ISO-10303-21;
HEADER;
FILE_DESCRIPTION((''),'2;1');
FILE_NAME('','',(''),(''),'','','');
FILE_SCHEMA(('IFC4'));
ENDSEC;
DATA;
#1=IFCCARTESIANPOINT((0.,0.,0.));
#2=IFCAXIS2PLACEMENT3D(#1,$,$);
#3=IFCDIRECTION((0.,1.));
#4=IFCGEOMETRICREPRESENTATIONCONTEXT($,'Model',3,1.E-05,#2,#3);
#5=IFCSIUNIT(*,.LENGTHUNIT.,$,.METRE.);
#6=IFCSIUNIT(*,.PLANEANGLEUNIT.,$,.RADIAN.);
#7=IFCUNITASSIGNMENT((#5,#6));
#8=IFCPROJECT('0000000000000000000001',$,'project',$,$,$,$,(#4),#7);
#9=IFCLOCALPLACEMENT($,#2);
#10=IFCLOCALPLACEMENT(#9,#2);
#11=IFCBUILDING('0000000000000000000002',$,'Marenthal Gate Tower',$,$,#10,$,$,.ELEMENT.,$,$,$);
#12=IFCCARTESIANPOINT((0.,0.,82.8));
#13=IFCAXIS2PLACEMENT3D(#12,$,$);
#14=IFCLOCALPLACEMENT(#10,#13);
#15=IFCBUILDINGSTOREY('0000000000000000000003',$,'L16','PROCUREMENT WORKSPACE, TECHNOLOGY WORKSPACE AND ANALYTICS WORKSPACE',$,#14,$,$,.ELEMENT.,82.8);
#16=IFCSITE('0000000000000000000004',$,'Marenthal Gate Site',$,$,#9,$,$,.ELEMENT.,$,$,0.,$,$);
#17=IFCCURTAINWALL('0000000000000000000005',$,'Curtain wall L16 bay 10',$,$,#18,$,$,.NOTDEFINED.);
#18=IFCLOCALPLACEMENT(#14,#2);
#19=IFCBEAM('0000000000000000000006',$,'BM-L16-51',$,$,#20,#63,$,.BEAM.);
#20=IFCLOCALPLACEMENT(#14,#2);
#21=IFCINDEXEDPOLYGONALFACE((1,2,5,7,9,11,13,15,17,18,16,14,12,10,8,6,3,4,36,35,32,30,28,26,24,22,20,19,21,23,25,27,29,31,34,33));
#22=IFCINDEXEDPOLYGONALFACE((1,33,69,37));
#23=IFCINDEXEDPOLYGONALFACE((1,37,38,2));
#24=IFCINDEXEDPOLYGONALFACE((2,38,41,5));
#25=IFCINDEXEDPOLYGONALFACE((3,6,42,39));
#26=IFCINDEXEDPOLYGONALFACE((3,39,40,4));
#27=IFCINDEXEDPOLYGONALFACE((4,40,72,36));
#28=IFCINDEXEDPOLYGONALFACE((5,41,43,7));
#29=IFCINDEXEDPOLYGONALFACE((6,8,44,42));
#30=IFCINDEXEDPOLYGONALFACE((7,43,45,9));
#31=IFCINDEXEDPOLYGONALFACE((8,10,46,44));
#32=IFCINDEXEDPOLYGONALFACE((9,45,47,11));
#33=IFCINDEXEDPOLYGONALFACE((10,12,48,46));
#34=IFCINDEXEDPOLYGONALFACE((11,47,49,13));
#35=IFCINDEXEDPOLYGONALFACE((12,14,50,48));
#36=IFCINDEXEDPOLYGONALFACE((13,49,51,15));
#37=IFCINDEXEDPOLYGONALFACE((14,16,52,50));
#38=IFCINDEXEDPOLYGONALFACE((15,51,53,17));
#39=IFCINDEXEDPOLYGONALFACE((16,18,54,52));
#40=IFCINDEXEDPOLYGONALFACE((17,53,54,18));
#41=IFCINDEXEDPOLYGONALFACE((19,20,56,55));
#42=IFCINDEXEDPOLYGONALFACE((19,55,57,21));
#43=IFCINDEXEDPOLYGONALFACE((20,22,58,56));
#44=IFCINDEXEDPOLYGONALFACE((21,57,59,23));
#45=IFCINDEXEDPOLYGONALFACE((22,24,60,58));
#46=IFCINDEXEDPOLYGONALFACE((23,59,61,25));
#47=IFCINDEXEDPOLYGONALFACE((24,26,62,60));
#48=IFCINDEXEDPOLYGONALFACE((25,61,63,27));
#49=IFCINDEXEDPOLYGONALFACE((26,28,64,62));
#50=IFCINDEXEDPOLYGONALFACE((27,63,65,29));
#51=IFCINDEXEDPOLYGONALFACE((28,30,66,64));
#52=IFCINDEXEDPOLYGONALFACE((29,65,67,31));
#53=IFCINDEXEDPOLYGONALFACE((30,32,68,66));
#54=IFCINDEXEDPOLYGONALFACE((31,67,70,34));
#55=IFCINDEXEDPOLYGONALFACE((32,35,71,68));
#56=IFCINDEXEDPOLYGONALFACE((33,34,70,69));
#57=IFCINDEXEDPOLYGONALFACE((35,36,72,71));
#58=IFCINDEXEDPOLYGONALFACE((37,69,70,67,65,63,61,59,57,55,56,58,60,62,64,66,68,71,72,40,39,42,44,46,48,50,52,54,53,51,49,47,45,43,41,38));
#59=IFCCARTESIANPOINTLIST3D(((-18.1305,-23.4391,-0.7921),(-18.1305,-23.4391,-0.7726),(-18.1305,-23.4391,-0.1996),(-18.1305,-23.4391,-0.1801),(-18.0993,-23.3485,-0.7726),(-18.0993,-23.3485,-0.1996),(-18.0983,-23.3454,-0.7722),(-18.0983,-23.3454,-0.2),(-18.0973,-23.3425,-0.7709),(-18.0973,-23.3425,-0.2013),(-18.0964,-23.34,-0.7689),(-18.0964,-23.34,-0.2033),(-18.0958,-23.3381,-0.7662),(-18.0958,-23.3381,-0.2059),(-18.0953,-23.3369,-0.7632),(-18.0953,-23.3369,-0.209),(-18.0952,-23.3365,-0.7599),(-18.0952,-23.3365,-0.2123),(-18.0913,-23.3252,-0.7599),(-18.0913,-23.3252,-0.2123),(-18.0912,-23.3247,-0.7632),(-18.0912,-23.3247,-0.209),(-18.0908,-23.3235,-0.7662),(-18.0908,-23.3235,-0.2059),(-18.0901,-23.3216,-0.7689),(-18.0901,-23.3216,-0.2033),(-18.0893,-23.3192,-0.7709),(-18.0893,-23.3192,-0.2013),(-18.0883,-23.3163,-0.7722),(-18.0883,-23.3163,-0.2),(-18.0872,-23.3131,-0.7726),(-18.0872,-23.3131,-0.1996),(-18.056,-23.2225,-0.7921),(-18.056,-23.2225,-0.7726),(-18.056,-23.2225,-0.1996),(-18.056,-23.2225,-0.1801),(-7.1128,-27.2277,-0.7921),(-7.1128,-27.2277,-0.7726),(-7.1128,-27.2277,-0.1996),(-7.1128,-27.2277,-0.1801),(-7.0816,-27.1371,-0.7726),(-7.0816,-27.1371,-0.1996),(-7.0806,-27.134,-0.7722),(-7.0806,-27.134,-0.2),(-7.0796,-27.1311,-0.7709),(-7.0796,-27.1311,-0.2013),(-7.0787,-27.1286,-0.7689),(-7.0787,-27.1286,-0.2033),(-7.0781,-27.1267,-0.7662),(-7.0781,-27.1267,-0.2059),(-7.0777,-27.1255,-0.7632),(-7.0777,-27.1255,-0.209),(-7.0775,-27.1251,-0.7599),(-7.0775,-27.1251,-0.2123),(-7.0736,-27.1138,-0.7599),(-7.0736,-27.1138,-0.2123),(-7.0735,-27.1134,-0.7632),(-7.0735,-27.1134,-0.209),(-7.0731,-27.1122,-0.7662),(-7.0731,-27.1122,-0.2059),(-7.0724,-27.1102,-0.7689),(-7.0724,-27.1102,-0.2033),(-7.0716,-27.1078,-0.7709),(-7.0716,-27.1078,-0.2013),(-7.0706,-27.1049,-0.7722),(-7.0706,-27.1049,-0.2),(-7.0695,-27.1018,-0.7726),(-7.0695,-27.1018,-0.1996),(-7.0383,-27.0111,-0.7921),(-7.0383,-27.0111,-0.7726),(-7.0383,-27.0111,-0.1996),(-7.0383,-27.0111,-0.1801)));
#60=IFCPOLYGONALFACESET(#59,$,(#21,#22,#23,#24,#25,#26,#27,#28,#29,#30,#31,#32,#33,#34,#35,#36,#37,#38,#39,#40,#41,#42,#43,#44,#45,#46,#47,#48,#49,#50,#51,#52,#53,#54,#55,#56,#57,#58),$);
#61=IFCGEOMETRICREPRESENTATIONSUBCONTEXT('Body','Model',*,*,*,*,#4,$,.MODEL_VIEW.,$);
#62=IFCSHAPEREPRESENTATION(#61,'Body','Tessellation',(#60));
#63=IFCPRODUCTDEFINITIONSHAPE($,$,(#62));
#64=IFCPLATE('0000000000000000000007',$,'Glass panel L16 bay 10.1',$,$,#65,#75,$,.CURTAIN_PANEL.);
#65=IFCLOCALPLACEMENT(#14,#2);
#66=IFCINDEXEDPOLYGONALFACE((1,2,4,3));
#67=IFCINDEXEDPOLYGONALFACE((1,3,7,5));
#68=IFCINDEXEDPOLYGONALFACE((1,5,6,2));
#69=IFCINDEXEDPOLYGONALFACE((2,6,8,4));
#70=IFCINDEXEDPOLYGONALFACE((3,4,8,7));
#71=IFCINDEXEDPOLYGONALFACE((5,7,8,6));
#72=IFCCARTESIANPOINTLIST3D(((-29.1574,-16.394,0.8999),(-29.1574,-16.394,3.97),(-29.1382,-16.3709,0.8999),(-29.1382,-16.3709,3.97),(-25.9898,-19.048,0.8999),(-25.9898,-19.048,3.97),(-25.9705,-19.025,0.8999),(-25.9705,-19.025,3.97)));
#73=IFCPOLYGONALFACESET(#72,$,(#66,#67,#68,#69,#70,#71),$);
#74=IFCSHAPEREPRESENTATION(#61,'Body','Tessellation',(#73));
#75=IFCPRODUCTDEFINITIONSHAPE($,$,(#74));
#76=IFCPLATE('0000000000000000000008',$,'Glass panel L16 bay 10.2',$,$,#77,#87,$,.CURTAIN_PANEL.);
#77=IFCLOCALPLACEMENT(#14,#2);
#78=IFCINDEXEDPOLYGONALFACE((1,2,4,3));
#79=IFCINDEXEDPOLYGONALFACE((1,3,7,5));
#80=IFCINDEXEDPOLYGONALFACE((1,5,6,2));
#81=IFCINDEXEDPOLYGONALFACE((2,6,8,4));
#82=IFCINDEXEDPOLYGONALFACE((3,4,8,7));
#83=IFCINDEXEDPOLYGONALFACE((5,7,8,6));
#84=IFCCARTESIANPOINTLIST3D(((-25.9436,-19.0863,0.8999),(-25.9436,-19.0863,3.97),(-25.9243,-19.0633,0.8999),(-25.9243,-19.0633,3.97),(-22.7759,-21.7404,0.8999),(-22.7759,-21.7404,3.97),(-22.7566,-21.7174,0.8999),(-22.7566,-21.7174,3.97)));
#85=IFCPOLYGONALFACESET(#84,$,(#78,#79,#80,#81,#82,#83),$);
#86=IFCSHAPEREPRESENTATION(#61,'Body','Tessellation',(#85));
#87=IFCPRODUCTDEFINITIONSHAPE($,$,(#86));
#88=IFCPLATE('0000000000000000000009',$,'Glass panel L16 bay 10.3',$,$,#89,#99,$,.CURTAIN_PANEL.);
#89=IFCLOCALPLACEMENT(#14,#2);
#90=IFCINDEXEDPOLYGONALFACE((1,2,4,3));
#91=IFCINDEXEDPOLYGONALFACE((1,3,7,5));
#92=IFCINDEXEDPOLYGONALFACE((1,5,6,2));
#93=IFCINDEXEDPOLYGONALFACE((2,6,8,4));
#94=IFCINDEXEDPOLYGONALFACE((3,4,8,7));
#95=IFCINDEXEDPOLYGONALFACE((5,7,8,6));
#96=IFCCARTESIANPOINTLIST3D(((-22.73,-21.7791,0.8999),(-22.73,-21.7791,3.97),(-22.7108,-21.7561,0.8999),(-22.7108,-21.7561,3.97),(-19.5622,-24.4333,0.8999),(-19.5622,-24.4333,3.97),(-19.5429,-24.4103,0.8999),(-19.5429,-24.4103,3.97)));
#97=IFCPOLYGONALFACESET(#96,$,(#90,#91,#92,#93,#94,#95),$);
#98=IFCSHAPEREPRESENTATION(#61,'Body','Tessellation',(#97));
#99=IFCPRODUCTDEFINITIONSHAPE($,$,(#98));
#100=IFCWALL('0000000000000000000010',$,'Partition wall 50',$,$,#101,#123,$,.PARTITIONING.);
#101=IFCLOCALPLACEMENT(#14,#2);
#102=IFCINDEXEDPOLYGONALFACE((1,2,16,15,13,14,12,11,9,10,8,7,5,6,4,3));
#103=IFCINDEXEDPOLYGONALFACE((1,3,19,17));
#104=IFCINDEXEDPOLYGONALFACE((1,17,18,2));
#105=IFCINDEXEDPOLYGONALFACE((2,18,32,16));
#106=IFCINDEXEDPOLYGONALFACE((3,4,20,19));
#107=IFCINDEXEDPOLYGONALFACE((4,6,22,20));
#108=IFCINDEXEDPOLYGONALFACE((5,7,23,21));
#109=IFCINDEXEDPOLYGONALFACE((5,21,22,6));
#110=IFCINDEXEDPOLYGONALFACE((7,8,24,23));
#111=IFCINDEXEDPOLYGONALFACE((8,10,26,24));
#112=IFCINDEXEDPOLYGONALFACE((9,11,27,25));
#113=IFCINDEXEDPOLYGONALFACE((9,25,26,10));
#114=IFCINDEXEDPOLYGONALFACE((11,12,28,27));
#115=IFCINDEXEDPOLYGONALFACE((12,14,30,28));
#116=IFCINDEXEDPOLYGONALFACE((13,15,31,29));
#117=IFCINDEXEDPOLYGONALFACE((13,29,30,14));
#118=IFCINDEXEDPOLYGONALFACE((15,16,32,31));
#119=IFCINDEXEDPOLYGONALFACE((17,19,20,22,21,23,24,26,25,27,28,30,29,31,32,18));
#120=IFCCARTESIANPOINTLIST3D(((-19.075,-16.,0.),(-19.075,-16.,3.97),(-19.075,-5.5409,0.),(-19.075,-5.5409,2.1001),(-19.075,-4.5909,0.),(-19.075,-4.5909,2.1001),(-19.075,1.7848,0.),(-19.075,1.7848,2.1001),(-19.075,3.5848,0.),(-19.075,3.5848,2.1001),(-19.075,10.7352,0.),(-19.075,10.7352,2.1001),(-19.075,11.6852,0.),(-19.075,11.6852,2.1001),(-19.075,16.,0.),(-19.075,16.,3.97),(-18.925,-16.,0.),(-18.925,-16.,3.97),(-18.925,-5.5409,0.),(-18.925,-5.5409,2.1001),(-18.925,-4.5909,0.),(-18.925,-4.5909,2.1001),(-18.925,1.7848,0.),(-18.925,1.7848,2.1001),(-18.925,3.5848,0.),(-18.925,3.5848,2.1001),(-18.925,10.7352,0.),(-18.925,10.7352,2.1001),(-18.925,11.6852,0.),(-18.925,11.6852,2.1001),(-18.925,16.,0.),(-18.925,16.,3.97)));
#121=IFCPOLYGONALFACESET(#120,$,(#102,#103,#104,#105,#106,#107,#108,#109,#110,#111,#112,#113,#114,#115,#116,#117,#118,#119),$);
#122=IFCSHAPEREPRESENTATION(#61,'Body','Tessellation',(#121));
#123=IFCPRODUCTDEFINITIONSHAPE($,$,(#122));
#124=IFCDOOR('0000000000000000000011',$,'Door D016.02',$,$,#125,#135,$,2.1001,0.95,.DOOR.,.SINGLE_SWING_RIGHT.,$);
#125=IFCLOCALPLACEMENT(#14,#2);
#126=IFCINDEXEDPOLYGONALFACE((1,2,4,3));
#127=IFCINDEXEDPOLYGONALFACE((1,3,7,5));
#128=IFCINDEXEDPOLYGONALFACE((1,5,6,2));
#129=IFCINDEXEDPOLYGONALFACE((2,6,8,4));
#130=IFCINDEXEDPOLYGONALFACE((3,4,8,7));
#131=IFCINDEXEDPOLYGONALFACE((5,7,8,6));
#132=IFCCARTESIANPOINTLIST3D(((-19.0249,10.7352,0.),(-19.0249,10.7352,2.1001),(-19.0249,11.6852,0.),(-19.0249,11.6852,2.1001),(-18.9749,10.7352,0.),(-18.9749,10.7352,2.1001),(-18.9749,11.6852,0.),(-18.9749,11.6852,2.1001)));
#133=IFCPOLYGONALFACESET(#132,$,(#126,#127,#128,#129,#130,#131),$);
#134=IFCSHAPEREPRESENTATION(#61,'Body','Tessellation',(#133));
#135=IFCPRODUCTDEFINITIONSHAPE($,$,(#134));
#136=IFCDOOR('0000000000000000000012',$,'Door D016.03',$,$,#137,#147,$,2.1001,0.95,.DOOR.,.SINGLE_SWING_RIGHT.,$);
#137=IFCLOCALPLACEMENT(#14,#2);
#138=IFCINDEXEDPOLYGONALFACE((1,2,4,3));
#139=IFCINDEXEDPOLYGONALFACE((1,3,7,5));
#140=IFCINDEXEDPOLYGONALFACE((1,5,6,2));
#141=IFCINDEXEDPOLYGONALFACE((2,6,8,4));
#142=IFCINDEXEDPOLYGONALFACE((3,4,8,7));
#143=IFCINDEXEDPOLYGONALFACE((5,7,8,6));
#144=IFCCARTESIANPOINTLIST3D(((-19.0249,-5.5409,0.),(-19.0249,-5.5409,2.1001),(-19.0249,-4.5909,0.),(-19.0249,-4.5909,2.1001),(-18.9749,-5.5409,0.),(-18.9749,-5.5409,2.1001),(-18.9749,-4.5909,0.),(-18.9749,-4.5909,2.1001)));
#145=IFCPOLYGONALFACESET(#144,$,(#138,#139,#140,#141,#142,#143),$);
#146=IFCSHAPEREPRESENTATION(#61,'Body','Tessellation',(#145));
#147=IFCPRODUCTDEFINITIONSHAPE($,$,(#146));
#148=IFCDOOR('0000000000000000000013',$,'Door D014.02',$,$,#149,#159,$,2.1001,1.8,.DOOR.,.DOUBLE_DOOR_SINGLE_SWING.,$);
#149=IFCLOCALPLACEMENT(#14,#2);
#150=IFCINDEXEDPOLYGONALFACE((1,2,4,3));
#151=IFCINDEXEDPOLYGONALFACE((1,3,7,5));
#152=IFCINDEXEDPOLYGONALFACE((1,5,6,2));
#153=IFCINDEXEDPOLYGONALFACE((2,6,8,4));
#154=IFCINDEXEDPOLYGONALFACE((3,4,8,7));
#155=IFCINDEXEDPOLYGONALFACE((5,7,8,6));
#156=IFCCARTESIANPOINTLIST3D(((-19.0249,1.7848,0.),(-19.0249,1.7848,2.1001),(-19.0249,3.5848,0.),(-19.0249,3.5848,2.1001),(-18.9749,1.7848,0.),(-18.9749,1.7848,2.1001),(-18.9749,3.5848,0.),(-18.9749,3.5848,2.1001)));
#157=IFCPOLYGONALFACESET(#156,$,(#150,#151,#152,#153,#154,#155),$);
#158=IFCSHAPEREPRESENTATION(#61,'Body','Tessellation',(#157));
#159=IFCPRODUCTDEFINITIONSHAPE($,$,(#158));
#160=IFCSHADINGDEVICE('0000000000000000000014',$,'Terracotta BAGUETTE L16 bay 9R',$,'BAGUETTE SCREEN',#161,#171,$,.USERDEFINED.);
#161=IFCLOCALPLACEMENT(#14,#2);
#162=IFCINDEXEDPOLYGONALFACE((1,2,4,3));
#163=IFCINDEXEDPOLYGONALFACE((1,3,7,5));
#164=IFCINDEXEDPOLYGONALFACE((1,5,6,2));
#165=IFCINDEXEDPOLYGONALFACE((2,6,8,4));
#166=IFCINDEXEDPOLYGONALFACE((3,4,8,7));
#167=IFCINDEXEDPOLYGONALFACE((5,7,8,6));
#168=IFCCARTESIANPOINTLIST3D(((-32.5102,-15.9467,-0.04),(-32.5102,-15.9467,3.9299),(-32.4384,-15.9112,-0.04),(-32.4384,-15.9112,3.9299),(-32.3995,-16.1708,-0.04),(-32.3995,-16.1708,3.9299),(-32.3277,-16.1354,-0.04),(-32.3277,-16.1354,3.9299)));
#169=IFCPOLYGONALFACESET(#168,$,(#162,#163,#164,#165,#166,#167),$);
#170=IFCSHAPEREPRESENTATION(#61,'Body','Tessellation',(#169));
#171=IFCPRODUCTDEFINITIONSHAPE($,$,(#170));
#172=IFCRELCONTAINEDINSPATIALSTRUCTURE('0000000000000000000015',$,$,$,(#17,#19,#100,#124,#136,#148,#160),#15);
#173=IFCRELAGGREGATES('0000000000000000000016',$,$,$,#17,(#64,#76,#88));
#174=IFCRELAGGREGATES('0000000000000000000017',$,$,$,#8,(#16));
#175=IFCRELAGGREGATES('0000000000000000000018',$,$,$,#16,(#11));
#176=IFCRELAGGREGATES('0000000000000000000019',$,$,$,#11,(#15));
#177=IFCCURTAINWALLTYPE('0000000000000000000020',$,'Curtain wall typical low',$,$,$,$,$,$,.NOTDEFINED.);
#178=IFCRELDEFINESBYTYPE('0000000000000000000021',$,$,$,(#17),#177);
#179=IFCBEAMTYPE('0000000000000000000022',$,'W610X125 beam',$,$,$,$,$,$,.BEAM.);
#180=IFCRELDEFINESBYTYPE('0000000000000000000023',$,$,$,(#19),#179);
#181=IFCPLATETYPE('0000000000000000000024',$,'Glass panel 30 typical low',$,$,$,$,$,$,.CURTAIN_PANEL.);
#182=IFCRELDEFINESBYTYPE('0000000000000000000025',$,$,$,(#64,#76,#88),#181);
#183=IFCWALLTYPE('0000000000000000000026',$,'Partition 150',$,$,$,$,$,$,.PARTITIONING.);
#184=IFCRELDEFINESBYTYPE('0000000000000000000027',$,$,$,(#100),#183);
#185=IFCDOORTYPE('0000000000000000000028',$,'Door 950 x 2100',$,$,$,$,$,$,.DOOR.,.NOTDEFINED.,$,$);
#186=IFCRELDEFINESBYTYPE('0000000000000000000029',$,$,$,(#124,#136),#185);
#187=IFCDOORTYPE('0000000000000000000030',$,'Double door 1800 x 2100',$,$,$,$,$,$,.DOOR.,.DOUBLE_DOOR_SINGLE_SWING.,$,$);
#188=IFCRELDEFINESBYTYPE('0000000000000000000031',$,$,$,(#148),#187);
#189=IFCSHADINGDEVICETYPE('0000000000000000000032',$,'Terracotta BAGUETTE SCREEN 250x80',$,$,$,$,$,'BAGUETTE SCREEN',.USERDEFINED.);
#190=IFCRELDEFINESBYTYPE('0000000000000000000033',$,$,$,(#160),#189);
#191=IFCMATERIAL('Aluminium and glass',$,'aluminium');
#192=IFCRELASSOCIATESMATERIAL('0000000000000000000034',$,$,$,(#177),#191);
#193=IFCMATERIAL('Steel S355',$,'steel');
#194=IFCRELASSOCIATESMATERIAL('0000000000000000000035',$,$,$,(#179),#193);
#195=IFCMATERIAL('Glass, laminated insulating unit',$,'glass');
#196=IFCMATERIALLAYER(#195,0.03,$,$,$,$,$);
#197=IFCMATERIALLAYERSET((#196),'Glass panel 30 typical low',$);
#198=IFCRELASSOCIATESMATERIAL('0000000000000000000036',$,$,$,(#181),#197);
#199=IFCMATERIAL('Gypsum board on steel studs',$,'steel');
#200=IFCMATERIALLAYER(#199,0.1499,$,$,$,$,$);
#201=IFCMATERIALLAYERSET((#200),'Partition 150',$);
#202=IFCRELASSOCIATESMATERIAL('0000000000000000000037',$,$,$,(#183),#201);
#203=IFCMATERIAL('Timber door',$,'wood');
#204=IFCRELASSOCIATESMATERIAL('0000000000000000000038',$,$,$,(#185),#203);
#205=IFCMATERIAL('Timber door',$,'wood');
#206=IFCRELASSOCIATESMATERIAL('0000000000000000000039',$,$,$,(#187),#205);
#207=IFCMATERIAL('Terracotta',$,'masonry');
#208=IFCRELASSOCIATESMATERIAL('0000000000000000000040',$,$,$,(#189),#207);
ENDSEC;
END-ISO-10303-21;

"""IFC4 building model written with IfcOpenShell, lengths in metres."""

from ifc_helpers import new_model, si_unit, direction, frame, frame_2d, origin, origin_2d, place, context, subcontext, project, spatial, rectangle, i_section, extrude, material, layer, layer_set, material_profile, profile_set, type_object, element, fill, aggregate, save


model = new_model("IFC4")

# Units and contexts
model_context = context("Model", 3, precision=1e-05, world=origin(), true_north=direction((0.0, 1.0)))
body_context = subcontext(model_context, "Body", "Model", "MODEL_VIEW")
ifc_project = project(units=[si_unit("LENGTHUNIT", "METRE"), si_unit("PLANEANGLEUNIT", "RADIAN")], contexts=[model_context])

# Site, building, storey
site_placement = place(None, origin())
site = spatial("IfcSite", under=ifc_project, at=site_placement, Name="Marenthal Gate Site", CompositionType="ELEMENT", RefElevation=0.0)
building_placement = place(site_placement, origin())
building = spatial("IfcBuilding", under=site, at=building_placement, Name="Marenthal Gate Tower", CompositionType="ELEMENT")
storey_placement = place(building_placement, frame((0.0, 0.0, 82.8)))
storey = spatial("IfcBuildingStorey", under=building, at=storey_placement, Name="L16", Description="PROCUREMENT WORKSPACE, TECHNOLOGY WORKSPACE AND ANALYTICS WORKSPACE", CompositionType="ELEMENT", Elevation=82.8)

# Curtain wall
ifc_material_1 = material(Name="Aluminium and glass", Category="aluminium")
curtain_wall_type = type_object("IfcCurtainWallType", Name="Curtain wall typical low", PredefinedType="NOTDEFINED", material=ifc_material_1)
curtain_wall_placement = place(storey_placement, origin())
curtain_wall = element("IfcCurtainWall", 1, at=curtain_wall_placement, inside=storey, type_object=curtain_wall_type, Name="Curtain wall L16 bay 10", PredefinedType="NOTDEFINED")

# Beam
ifc_material_2 = material(Name="Steel S355", Category="steel")
ifc_material_profile_1 = material_profile(ifc_material_2, i_section(OverallWidth=0.229, OverallDepth=0.6121, WebThickness=0.012, FlangeThickness=0.0195, FilletRadius=0.0127, at=origin_2d()), Name="W610X125")
ifc_profile_set_1 = profile_set([ifc_material_profile_1], Name="Steel S355")
beam_type_1 = type_object("IfcBeamType", Name="W610X125 beam", PredefinedType="BEAM", material=ifc_profile_set_1)
beam_1_placement = place(storey_placement, frame((-18.0933, -23.3308, -0.4861), z_axis=(0.945653, -0.325178, 0.0), x_axis=(0.325178, 0.945653, 0.0)))
element("IfcBeam", 2, at=beam_1_placement, inside=storey, type_object=beam_type_1, Name="BM-L16-51", PredefinedType="BEAM", context=body_context, shape_type="SweptSolid", body=[
    extrude(i_section(OverallWidth=0.229, OverallDepth=0.6121, WebThickness=0.012, FlangeThickness=0.0195, FilletRadius=0.0127, at=origin_2d()), origin(), (0.0, 0.0, 1.0), 11.6509),
])

# Plates
ifc_material_3 = material(Name="Glass, laminated insulating unit", Category="glass")
ifc_layer_1 = layer(ifc_material_3, 0.03)
ifc_layer_set_1 = layer_set([ifc_layer_1], Name="Glass panel 30 typical low")
plate_type = type_object("IfcPlateType", Name="Glass panel 30 typical low", PredefinedType="CURTAIN_PANEL", material=ifc_layer_set_1)
plate_1_placement = place(storey_placement, frame((-27.564, -17.7095, 0.8999), z_axis=(0.0, 0.0, 1.0), x_axis=(0.766513, -0.642228, 0.0)))
plate_1 = element("IfcPlate", 3, at=plate_1_placement, type_object=plate_type, Name="Glass panel L16 bay 10.1", PredefinedType="CURTAIN_PANEL", context=body_context, shape_type="SweptSolid", body=[
    extrude(rectangle(XDim=4.1326, YDim=0.03, at=origin_2d()), origin(), (0.0, 0.0, 1.0), 3.0701),
])
plate_2_placement = place(storey_placement, frame((-24.3501, -20.4019, 0.8999), z_axis=(0.0, 0.0, 1.0), x_axis=(0.766513, -0.642228, 0.0)))
plate_2 = element("IfcPlate", 4, at=plate_2_placement, type_object=plate_type, Name="Glass panel L16 bay 10.2", PredefinedType="CURTAIN_PANEL", context=body_context, shape_type="SweptSolid", body=[
    extrude(rectangle(XDim=4.1326, YDim=0.03, at=origin_2d()), origin(), (0.0, 0.0, 1.0), 3.0701),
])
plate_3_placement = place(storey_placement, frame((-21.1365, -23.0947, 0.8999), z_axis=(0.0, 0.0, 1.0), x_axis=(0.766513, -0.642228, 0.0)))
plate_3 = element("IfcPlate", 5, at=plate_3_placement, type_object=plate_type, Name="Glass panel L16 bay 10.3", PredefinedType="CURTAIN_PANEL", context=body_context, shape_type="SweptSolid", body=[
    extrude(rectangle(XDim=4.1328, YDim=0.03, at=origin_2d()), origin(), (0.0, 0.0, 1.0), 3.0701),
])
aggregate(curtain_wall, [plate_1, plate_2, plate_3])

# Wall, openings, doors
ifc_material_4 = material(Name="Gypsum board on steel studs", Category="steel")
ifc_layer_2 = layer(ifc_material_4, 0.1499)
ifc_layer_set_2 = layer_set([ifc_layer_2], Name="Partition 150")
wall_type_1 = type_object("IfcWallType", Name="Partition 150", PredefinedType="PARTITIONING", material=ifc_layer_set_2)
wall_1_placement = place(storey_placement, frame((-19.0, -16.0, 0.0), z_axis=(0.0, 0.0, 1.0), x_axis=(0.0, 1.0, 0.0)))
wall_1 = element("IfcWall", 6, at=wall_1_placement, inside=storey, type_object=wall_type_1, Name="Partition wall 50", PredefinedType="PARTITIONING", context=body_context, shape_type="SweptSolid", body=[
    extrude(rectangle(XDim=32.0, YDim=0.1499, at=frame_2d((16.0, 0.0))), origin(), (0.0, 0.0, 1.0), 3.97),
])
opening_1_placement = place(wall_1_placement, frame((26.7351, 0.0, 0.0)))
opening_1 = element("IfcOpeningElement", 7, at=opening_1_placement, cuts=wall_1, PredefinedType="OPENING", context=body_context, shape_type="SweptSolid", body=[
    extrude(rectangle(XDim=0.95, YDim=2.1001, at=frame_2d((0.4751, 1.05))), frame((0.0, 0.085, 0.0), z_axis=(0.0, -1.0, 0.0), x_axis=(1.0, 0.0, 0.0)), (0.0, 0.0, 1.0), 0.1699),
])
opening_2_placement = place(wall_1_placement, frame((17.7849, 0.0, 0.0)))
opening_2 = element("IfcOpeningElement", 8, at=opening_2_placement, cuts=wall_1, PredefinedType="OPENING", context=body_context, shape_type="SweptSolid", body=[
    extrude(rectangle(XDim=1.8, YDim=2.1001, at=frame_2d((0.8999, 1.05))), frame((0.0, 0.085, 0.0), z_axis=(0.0, -1.0, 0.0), x_axis=(1.0, 0.0, 0.0)), (0.0, 0.0, 1.0), 0.1699),
])
opening_3_placement = place(wall_1_placement, frame((10.459, 0.0, 0.0)))
opening_3 = element("IfcOpeningElement", 9, at=opening_3_placement, cuts=wall_1, PredefinedType="OPENING", context=body_context, shape_type="SweptSolid", body=[
    extrude(rectangle(XDim=0.95, YDim=2.1001, at=frame_2d((0.4751, 1.05))), frame((0.0, 0.085, 0.0), z_axis=(0.0, -1.0, 0.0), x_axis=(1.0, 0.0, 0.0)), (0.0, 0.0, 1.0), 0.1699),
])
ifc_material_5 = material(Name="Timber door", Category="wood")
door_type_1 = type_object("IfcDoorType", Name="Door 950 x 2100", OperationType="NOTDEFINED", PredefinedType="DOOR", material=ifc_material_5)
door_1_placement = place(opening_1_placement, origin())
door_1 = element("IfcDoor", 10, at=door_1_placement, inside=storey, type_object=door_type_1, Name="Door D016.02", OperationType="SINGLE_SWING_RIGHT", OverallHeight=2.1001, OverallWidth=0.95, PredefinedType="DOOR", context=body_context, shape_type="SweptSolid", body=[
    extrude(rectangle(XDim=0.95, YDim=2.1001, at=frame_2d((0.4751, 1.05))), frame((0.0, 0.0249, 0.0), z_axis=(0.0, -1.0, 0.0), x_axis=(1.0, 0.0, 0.0)), (0.0, 0.0, 1.0), 0.05),
])
fill(opening_1, door_1)
door_2_placement = place(opening_3_placement, origin())
door_2 = element("IfcDoor", 11, at=door_2_placement, inside=storey, type_object=door_type_1, Name="Door D016.03", OperationType="SINGLE_SWING_RIGHT", OverallHeight=2.1001, OverallWidth=0.95, PredefinedType="DOOR", context=body_context, shape_type="SweptSolid", body=[
    extrude(rectangle(XDim=0.95, YDim=2.1001, at=frame_2d((0.4751, 1.05))), frame((0.0, 0.0249, 0.0), z_axis=(0.0, -1.0, 0.0), x_axis=(1.0, 0.0, 0.0)), (0.0, 0.0, 1.0), 0.05),
])
fill(opening_3, door_2)
ifc_material_6 = material(Name="Timber door", Category="wood")
door_type_2 = type_object("IfcDoorType", Name="Double door 1800 x 2100", OperationType="DOUBLE_DOOR_SINGLE_SWING", PredefinedType="DOOR", material=ifc_material_6)
door_3_placement = place(opening_2_placement, origin())
door_3 = element("IfcDoor", 12, at=door_3_placement, inside=storey, type_object=door_type_2, Name="Door D014.02", OperationType="DOUBLE_DOOR_SINGLE_SWING", OverallHeight=2.1001, OverallWidth=1.8, PredefinedType="DOOR", context=body_context, shape_type="SweptSolid", body=[
    extrude(rectangle(XDim=1.8, YDim=2.1001, at=frame_2d((0.8999, 1.05))), frame((0.0, 0.0249, 0.0), z_axis=(0.0, -1.0, 0.0), x_axis=(1.0, 0.0, 0.0)), (0.0, 0.0, 1.0), 0.05),
])
fill(opening_2, door_3)

# Shading device
ifc_material_7 = material(Name="Terracotta", Category="masonry")
ifc_material_profile_2 = material_profile(ifc_material_7, rectangle(XDim=0.25, YDim=0.0801, at=origin_2d()), Name="Terracotta baguette 250x80")
ifc_profile_set_2 = profile_set([ifc_material_profile_2], Name="Terracotta")
shading_device_type = type_object("IfcShadingDeviceType", Name="Terracotta BAGUETTE SCREEN 250x80", ElementType="BAGUETTE SCREEN", PredefinedType="USERDEFINED", material=ifc_profile_set_2)
shading_device_placement = place(storey_placement, frame((-32.4189, -16.041, -0.04), z_axis=(0.0, 0.0, 1.0), x_axis=(0.44286, -0.896591, 0.0)))
element("IfcShadingDevice", 13, at=shading_device_placement, inside=storey, type_object=shading_device_type, Name="Terracotta BAGUETTE L16 bay 9R", ObjectType="BAGUETTE SCREEN", PredefinedType="USERDEFINED", context=body_context, shape_type="SweptSolid", body=[
    extrude(rectangle(XDim=0.25, YDim=0.0801, at=origin_2d()), origin(), (0.0, 0.0, 1.0), 3.97),
])

save(model, "model.ifc")
